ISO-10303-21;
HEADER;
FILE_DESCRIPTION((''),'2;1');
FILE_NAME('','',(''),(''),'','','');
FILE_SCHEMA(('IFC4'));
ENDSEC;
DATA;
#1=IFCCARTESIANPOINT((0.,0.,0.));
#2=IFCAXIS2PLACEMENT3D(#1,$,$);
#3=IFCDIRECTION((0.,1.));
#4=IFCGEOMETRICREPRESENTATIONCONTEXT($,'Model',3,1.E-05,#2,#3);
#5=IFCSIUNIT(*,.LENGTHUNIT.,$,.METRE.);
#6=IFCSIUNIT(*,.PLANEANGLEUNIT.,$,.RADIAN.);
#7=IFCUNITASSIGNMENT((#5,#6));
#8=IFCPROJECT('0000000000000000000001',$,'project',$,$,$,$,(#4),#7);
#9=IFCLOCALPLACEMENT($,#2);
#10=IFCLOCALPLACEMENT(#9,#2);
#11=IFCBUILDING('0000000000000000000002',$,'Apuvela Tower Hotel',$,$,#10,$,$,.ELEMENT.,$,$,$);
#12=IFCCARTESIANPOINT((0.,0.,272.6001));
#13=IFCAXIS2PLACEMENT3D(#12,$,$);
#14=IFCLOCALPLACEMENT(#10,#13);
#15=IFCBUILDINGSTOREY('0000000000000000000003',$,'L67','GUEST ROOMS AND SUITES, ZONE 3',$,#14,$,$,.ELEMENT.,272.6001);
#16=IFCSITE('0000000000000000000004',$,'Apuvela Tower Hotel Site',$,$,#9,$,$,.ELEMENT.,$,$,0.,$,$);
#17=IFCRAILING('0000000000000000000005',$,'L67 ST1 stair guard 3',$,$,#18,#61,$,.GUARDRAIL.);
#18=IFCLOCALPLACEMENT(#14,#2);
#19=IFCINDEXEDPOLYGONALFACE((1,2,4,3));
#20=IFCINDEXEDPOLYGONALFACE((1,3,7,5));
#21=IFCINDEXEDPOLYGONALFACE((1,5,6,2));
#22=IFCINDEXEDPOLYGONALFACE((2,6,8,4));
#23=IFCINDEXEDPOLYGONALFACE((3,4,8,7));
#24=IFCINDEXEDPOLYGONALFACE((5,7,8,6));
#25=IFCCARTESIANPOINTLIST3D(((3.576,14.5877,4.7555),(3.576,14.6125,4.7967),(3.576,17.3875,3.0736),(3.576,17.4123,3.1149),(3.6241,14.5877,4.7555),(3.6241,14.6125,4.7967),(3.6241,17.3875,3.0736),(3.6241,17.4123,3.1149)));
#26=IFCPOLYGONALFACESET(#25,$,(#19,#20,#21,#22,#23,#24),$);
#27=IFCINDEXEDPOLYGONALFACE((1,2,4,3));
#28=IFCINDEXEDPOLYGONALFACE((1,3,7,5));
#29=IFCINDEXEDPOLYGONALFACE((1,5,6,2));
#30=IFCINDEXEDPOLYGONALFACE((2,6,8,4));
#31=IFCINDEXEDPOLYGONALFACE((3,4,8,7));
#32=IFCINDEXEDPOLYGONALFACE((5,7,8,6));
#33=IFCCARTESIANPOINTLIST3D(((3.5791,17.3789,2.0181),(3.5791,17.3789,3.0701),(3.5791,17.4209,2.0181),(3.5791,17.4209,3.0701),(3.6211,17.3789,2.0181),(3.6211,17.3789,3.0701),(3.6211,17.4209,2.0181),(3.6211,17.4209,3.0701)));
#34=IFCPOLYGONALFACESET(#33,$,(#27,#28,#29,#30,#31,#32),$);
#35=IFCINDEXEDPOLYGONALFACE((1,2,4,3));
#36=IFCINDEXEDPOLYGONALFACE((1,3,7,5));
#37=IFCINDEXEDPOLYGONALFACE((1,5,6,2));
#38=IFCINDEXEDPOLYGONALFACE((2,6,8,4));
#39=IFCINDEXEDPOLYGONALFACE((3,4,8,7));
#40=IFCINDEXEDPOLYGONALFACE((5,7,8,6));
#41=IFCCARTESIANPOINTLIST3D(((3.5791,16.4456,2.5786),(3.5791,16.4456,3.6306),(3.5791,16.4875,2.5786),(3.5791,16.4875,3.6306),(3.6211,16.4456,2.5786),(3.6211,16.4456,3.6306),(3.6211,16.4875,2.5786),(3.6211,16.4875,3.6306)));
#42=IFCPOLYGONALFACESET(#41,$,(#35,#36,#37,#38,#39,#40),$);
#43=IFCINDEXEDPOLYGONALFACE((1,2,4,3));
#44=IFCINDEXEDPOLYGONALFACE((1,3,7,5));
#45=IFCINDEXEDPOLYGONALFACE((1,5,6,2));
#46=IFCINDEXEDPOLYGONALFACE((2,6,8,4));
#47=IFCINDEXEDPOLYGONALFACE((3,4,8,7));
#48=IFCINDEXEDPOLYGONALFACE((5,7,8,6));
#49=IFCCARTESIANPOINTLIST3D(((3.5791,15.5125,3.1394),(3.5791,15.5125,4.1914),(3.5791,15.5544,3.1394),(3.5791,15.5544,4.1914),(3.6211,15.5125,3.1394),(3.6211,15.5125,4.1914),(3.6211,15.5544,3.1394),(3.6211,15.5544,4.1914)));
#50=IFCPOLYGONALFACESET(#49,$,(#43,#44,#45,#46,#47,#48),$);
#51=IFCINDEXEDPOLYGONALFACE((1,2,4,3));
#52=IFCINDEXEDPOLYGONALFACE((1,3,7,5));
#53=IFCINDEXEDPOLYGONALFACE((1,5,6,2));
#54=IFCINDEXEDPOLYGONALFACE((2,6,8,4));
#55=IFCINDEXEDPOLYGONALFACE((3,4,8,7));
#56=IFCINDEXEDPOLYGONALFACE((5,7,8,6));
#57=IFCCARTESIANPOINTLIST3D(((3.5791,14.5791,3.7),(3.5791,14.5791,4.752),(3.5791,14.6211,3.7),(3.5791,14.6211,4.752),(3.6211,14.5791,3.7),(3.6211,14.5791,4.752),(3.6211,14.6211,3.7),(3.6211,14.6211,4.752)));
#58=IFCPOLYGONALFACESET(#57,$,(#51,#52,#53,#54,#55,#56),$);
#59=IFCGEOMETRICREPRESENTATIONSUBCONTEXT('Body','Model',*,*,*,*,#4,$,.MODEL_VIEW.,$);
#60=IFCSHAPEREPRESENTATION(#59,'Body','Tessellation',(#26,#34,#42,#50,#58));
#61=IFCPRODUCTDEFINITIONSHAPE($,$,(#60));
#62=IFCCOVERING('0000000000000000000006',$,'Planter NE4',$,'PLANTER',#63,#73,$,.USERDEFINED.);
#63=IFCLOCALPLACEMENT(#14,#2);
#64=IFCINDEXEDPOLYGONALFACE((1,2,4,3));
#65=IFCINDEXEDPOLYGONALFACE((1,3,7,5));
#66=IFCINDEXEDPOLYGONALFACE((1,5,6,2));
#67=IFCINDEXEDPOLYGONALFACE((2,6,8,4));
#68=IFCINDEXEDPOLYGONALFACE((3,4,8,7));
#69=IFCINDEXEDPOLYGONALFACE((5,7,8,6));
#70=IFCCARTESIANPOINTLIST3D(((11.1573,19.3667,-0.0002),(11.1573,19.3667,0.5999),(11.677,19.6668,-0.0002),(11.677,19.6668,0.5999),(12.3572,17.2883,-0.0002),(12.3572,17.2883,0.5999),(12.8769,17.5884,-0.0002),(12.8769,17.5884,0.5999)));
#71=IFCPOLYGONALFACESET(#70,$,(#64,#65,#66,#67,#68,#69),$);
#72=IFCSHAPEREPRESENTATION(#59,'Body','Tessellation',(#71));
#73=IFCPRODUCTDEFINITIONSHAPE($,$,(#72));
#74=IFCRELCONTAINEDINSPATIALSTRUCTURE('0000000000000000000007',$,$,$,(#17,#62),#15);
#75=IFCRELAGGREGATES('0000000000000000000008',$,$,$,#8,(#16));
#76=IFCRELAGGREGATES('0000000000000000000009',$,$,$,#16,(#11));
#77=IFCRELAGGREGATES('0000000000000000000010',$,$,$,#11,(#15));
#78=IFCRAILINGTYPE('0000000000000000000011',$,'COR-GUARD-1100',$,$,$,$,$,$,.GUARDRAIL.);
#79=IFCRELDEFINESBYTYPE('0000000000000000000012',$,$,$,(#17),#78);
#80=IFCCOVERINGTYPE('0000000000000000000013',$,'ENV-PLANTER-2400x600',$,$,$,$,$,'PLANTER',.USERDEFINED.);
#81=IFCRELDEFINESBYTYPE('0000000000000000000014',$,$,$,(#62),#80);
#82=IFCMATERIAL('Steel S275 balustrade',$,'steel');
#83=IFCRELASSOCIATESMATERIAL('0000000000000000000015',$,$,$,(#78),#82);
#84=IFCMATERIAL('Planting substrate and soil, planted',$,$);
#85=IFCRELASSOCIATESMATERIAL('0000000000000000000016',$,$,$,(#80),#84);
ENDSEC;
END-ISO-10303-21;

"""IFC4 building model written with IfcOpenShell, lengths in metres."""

from ifc_helpers import new_model, si_unit, direction, frame, origin, origin_2d, place, context, subcontext, project, spatial, rectangle, extrude, material, type_object, element, save


model = new_model("IFC4")

# Units and contexts
model_context = context("Model", 3, precision=1e-05, world=origin(), true_north=direction((0.0, 1.0)))
body_context = subcontext(model_context, "Body", "Model", "MODEL_VIEW")
ifc_project = project(units=[si_unit("LENGTHUNIT", "METRE"), si_unit("PLANEANGLEUNIT", "RADIAN")], contexts=[model_context])

# Site, building, storey
site_placement = place(None, origin())
site = spatial("IfcSite", under=ifc_project, at=site_placement, Name="Apuvela Tower Hotel Site", CompositionType="ELEMENT", RefElevation=0.0)
building_placement = place(site_placement, origin())
building = spatial("IfcBuilding", under=site, at=building_placement, Name="Apuvela Tower Hotel", CompositionType="ELEMENT")
storey_placement = place(building_placement, frame((0.0, 0.0, 272.6001)))
storey = spatial("IfcBuildingStorey", under=building, at=storey_placement, Name="L67", Description="GUEST ROOMS AND SUITES, ZONE 3", CompositionType="ELEMENT", Elevation=272.6001)

# Railing
ifc_material_1 = material(Name="Steel S275 balustrade", Category="steel")
railing_type = type_object("IfcRailingType", Name="COR-GUARD-1100", PredefinedType="GUARDRAIL", material=ifc_material_1)
railing_1_placement = place(storey_placement, frame((3.6001, 17.3999, 2.0181)))
element("IfcRailing", 1, at=railing_1_placement, inside=storey, type_object=railing_type, Name="L67 ST1 stair guard 3", PredefinedType="GUARDRAIL", context=body_context, shape_type="SweptSolid", body=[
    extrude(rectangle(XDim=0.0481, YDim=0.0481, at=origin_2d()), frame((0.0, 0.0, 1.0762), z_axis=(0.0, -0.857222, 0.514946), x_axis=(1.0, 0.0, 0.0)), (0.0, 0.0, 1.0), 3.2661),
    extrude(rectangle(XDim=0.042, YDim=0.042, at=origin_2d()), origin(), (0.0, 0.0, 1.0), 1.052),
    extrude(rectangle(XDim=0.042, YDim=0.042, at=origin_2d()), frame((0.0, -0.9333, 0.5605)), (0.0, 0.0, 1.0), 1.052),
    extrude(rectangle(XDim=0.042, YDim=0.042, at=origin_2d()), frame((0.0, -1.8665, 1.1213)), (0.0, 0.0, 1.0), 1.052),
    extrude(rectangle(XDim=0.042, YDim=0.042, at=origin_2d()), frame((0.0, -2.7998, 1.6819)), (0.0, 0.0, 1.0), 1.052),
])

# Covering
ifc_material_2 = material(Name="Planting substrate and soil, planted")
covering_type = type_object("IfcCoveringType", Name="ENV-PLANTER-2400x600", ElementType="PLANTER", PredefinedType="USERDEFINED", material=ifc_material_2)
covering_placement = place(storey_placement, frame((12.0171, 18.4775, -0.0002), z_axis=(0.0, 0.0, 1.0), x_axis=(-0.5, 0.866025, 0.0)))
element("IfcCovering", 2, at=covering_placement, inside=storey, type_object=covering_type, Name="Planter NE4", ObjectType="PLANTER", PredefinedType="USERDEFINED", context=body_context, shape_type="SweptSolid", body=[
    extrude(rectangle(XDim=2.3999, YDim=0.6001, at=origin_2d()), origin(), (0.0, 0.0, 1.0), 0.6001),
])

save(model, "model.ifc")
